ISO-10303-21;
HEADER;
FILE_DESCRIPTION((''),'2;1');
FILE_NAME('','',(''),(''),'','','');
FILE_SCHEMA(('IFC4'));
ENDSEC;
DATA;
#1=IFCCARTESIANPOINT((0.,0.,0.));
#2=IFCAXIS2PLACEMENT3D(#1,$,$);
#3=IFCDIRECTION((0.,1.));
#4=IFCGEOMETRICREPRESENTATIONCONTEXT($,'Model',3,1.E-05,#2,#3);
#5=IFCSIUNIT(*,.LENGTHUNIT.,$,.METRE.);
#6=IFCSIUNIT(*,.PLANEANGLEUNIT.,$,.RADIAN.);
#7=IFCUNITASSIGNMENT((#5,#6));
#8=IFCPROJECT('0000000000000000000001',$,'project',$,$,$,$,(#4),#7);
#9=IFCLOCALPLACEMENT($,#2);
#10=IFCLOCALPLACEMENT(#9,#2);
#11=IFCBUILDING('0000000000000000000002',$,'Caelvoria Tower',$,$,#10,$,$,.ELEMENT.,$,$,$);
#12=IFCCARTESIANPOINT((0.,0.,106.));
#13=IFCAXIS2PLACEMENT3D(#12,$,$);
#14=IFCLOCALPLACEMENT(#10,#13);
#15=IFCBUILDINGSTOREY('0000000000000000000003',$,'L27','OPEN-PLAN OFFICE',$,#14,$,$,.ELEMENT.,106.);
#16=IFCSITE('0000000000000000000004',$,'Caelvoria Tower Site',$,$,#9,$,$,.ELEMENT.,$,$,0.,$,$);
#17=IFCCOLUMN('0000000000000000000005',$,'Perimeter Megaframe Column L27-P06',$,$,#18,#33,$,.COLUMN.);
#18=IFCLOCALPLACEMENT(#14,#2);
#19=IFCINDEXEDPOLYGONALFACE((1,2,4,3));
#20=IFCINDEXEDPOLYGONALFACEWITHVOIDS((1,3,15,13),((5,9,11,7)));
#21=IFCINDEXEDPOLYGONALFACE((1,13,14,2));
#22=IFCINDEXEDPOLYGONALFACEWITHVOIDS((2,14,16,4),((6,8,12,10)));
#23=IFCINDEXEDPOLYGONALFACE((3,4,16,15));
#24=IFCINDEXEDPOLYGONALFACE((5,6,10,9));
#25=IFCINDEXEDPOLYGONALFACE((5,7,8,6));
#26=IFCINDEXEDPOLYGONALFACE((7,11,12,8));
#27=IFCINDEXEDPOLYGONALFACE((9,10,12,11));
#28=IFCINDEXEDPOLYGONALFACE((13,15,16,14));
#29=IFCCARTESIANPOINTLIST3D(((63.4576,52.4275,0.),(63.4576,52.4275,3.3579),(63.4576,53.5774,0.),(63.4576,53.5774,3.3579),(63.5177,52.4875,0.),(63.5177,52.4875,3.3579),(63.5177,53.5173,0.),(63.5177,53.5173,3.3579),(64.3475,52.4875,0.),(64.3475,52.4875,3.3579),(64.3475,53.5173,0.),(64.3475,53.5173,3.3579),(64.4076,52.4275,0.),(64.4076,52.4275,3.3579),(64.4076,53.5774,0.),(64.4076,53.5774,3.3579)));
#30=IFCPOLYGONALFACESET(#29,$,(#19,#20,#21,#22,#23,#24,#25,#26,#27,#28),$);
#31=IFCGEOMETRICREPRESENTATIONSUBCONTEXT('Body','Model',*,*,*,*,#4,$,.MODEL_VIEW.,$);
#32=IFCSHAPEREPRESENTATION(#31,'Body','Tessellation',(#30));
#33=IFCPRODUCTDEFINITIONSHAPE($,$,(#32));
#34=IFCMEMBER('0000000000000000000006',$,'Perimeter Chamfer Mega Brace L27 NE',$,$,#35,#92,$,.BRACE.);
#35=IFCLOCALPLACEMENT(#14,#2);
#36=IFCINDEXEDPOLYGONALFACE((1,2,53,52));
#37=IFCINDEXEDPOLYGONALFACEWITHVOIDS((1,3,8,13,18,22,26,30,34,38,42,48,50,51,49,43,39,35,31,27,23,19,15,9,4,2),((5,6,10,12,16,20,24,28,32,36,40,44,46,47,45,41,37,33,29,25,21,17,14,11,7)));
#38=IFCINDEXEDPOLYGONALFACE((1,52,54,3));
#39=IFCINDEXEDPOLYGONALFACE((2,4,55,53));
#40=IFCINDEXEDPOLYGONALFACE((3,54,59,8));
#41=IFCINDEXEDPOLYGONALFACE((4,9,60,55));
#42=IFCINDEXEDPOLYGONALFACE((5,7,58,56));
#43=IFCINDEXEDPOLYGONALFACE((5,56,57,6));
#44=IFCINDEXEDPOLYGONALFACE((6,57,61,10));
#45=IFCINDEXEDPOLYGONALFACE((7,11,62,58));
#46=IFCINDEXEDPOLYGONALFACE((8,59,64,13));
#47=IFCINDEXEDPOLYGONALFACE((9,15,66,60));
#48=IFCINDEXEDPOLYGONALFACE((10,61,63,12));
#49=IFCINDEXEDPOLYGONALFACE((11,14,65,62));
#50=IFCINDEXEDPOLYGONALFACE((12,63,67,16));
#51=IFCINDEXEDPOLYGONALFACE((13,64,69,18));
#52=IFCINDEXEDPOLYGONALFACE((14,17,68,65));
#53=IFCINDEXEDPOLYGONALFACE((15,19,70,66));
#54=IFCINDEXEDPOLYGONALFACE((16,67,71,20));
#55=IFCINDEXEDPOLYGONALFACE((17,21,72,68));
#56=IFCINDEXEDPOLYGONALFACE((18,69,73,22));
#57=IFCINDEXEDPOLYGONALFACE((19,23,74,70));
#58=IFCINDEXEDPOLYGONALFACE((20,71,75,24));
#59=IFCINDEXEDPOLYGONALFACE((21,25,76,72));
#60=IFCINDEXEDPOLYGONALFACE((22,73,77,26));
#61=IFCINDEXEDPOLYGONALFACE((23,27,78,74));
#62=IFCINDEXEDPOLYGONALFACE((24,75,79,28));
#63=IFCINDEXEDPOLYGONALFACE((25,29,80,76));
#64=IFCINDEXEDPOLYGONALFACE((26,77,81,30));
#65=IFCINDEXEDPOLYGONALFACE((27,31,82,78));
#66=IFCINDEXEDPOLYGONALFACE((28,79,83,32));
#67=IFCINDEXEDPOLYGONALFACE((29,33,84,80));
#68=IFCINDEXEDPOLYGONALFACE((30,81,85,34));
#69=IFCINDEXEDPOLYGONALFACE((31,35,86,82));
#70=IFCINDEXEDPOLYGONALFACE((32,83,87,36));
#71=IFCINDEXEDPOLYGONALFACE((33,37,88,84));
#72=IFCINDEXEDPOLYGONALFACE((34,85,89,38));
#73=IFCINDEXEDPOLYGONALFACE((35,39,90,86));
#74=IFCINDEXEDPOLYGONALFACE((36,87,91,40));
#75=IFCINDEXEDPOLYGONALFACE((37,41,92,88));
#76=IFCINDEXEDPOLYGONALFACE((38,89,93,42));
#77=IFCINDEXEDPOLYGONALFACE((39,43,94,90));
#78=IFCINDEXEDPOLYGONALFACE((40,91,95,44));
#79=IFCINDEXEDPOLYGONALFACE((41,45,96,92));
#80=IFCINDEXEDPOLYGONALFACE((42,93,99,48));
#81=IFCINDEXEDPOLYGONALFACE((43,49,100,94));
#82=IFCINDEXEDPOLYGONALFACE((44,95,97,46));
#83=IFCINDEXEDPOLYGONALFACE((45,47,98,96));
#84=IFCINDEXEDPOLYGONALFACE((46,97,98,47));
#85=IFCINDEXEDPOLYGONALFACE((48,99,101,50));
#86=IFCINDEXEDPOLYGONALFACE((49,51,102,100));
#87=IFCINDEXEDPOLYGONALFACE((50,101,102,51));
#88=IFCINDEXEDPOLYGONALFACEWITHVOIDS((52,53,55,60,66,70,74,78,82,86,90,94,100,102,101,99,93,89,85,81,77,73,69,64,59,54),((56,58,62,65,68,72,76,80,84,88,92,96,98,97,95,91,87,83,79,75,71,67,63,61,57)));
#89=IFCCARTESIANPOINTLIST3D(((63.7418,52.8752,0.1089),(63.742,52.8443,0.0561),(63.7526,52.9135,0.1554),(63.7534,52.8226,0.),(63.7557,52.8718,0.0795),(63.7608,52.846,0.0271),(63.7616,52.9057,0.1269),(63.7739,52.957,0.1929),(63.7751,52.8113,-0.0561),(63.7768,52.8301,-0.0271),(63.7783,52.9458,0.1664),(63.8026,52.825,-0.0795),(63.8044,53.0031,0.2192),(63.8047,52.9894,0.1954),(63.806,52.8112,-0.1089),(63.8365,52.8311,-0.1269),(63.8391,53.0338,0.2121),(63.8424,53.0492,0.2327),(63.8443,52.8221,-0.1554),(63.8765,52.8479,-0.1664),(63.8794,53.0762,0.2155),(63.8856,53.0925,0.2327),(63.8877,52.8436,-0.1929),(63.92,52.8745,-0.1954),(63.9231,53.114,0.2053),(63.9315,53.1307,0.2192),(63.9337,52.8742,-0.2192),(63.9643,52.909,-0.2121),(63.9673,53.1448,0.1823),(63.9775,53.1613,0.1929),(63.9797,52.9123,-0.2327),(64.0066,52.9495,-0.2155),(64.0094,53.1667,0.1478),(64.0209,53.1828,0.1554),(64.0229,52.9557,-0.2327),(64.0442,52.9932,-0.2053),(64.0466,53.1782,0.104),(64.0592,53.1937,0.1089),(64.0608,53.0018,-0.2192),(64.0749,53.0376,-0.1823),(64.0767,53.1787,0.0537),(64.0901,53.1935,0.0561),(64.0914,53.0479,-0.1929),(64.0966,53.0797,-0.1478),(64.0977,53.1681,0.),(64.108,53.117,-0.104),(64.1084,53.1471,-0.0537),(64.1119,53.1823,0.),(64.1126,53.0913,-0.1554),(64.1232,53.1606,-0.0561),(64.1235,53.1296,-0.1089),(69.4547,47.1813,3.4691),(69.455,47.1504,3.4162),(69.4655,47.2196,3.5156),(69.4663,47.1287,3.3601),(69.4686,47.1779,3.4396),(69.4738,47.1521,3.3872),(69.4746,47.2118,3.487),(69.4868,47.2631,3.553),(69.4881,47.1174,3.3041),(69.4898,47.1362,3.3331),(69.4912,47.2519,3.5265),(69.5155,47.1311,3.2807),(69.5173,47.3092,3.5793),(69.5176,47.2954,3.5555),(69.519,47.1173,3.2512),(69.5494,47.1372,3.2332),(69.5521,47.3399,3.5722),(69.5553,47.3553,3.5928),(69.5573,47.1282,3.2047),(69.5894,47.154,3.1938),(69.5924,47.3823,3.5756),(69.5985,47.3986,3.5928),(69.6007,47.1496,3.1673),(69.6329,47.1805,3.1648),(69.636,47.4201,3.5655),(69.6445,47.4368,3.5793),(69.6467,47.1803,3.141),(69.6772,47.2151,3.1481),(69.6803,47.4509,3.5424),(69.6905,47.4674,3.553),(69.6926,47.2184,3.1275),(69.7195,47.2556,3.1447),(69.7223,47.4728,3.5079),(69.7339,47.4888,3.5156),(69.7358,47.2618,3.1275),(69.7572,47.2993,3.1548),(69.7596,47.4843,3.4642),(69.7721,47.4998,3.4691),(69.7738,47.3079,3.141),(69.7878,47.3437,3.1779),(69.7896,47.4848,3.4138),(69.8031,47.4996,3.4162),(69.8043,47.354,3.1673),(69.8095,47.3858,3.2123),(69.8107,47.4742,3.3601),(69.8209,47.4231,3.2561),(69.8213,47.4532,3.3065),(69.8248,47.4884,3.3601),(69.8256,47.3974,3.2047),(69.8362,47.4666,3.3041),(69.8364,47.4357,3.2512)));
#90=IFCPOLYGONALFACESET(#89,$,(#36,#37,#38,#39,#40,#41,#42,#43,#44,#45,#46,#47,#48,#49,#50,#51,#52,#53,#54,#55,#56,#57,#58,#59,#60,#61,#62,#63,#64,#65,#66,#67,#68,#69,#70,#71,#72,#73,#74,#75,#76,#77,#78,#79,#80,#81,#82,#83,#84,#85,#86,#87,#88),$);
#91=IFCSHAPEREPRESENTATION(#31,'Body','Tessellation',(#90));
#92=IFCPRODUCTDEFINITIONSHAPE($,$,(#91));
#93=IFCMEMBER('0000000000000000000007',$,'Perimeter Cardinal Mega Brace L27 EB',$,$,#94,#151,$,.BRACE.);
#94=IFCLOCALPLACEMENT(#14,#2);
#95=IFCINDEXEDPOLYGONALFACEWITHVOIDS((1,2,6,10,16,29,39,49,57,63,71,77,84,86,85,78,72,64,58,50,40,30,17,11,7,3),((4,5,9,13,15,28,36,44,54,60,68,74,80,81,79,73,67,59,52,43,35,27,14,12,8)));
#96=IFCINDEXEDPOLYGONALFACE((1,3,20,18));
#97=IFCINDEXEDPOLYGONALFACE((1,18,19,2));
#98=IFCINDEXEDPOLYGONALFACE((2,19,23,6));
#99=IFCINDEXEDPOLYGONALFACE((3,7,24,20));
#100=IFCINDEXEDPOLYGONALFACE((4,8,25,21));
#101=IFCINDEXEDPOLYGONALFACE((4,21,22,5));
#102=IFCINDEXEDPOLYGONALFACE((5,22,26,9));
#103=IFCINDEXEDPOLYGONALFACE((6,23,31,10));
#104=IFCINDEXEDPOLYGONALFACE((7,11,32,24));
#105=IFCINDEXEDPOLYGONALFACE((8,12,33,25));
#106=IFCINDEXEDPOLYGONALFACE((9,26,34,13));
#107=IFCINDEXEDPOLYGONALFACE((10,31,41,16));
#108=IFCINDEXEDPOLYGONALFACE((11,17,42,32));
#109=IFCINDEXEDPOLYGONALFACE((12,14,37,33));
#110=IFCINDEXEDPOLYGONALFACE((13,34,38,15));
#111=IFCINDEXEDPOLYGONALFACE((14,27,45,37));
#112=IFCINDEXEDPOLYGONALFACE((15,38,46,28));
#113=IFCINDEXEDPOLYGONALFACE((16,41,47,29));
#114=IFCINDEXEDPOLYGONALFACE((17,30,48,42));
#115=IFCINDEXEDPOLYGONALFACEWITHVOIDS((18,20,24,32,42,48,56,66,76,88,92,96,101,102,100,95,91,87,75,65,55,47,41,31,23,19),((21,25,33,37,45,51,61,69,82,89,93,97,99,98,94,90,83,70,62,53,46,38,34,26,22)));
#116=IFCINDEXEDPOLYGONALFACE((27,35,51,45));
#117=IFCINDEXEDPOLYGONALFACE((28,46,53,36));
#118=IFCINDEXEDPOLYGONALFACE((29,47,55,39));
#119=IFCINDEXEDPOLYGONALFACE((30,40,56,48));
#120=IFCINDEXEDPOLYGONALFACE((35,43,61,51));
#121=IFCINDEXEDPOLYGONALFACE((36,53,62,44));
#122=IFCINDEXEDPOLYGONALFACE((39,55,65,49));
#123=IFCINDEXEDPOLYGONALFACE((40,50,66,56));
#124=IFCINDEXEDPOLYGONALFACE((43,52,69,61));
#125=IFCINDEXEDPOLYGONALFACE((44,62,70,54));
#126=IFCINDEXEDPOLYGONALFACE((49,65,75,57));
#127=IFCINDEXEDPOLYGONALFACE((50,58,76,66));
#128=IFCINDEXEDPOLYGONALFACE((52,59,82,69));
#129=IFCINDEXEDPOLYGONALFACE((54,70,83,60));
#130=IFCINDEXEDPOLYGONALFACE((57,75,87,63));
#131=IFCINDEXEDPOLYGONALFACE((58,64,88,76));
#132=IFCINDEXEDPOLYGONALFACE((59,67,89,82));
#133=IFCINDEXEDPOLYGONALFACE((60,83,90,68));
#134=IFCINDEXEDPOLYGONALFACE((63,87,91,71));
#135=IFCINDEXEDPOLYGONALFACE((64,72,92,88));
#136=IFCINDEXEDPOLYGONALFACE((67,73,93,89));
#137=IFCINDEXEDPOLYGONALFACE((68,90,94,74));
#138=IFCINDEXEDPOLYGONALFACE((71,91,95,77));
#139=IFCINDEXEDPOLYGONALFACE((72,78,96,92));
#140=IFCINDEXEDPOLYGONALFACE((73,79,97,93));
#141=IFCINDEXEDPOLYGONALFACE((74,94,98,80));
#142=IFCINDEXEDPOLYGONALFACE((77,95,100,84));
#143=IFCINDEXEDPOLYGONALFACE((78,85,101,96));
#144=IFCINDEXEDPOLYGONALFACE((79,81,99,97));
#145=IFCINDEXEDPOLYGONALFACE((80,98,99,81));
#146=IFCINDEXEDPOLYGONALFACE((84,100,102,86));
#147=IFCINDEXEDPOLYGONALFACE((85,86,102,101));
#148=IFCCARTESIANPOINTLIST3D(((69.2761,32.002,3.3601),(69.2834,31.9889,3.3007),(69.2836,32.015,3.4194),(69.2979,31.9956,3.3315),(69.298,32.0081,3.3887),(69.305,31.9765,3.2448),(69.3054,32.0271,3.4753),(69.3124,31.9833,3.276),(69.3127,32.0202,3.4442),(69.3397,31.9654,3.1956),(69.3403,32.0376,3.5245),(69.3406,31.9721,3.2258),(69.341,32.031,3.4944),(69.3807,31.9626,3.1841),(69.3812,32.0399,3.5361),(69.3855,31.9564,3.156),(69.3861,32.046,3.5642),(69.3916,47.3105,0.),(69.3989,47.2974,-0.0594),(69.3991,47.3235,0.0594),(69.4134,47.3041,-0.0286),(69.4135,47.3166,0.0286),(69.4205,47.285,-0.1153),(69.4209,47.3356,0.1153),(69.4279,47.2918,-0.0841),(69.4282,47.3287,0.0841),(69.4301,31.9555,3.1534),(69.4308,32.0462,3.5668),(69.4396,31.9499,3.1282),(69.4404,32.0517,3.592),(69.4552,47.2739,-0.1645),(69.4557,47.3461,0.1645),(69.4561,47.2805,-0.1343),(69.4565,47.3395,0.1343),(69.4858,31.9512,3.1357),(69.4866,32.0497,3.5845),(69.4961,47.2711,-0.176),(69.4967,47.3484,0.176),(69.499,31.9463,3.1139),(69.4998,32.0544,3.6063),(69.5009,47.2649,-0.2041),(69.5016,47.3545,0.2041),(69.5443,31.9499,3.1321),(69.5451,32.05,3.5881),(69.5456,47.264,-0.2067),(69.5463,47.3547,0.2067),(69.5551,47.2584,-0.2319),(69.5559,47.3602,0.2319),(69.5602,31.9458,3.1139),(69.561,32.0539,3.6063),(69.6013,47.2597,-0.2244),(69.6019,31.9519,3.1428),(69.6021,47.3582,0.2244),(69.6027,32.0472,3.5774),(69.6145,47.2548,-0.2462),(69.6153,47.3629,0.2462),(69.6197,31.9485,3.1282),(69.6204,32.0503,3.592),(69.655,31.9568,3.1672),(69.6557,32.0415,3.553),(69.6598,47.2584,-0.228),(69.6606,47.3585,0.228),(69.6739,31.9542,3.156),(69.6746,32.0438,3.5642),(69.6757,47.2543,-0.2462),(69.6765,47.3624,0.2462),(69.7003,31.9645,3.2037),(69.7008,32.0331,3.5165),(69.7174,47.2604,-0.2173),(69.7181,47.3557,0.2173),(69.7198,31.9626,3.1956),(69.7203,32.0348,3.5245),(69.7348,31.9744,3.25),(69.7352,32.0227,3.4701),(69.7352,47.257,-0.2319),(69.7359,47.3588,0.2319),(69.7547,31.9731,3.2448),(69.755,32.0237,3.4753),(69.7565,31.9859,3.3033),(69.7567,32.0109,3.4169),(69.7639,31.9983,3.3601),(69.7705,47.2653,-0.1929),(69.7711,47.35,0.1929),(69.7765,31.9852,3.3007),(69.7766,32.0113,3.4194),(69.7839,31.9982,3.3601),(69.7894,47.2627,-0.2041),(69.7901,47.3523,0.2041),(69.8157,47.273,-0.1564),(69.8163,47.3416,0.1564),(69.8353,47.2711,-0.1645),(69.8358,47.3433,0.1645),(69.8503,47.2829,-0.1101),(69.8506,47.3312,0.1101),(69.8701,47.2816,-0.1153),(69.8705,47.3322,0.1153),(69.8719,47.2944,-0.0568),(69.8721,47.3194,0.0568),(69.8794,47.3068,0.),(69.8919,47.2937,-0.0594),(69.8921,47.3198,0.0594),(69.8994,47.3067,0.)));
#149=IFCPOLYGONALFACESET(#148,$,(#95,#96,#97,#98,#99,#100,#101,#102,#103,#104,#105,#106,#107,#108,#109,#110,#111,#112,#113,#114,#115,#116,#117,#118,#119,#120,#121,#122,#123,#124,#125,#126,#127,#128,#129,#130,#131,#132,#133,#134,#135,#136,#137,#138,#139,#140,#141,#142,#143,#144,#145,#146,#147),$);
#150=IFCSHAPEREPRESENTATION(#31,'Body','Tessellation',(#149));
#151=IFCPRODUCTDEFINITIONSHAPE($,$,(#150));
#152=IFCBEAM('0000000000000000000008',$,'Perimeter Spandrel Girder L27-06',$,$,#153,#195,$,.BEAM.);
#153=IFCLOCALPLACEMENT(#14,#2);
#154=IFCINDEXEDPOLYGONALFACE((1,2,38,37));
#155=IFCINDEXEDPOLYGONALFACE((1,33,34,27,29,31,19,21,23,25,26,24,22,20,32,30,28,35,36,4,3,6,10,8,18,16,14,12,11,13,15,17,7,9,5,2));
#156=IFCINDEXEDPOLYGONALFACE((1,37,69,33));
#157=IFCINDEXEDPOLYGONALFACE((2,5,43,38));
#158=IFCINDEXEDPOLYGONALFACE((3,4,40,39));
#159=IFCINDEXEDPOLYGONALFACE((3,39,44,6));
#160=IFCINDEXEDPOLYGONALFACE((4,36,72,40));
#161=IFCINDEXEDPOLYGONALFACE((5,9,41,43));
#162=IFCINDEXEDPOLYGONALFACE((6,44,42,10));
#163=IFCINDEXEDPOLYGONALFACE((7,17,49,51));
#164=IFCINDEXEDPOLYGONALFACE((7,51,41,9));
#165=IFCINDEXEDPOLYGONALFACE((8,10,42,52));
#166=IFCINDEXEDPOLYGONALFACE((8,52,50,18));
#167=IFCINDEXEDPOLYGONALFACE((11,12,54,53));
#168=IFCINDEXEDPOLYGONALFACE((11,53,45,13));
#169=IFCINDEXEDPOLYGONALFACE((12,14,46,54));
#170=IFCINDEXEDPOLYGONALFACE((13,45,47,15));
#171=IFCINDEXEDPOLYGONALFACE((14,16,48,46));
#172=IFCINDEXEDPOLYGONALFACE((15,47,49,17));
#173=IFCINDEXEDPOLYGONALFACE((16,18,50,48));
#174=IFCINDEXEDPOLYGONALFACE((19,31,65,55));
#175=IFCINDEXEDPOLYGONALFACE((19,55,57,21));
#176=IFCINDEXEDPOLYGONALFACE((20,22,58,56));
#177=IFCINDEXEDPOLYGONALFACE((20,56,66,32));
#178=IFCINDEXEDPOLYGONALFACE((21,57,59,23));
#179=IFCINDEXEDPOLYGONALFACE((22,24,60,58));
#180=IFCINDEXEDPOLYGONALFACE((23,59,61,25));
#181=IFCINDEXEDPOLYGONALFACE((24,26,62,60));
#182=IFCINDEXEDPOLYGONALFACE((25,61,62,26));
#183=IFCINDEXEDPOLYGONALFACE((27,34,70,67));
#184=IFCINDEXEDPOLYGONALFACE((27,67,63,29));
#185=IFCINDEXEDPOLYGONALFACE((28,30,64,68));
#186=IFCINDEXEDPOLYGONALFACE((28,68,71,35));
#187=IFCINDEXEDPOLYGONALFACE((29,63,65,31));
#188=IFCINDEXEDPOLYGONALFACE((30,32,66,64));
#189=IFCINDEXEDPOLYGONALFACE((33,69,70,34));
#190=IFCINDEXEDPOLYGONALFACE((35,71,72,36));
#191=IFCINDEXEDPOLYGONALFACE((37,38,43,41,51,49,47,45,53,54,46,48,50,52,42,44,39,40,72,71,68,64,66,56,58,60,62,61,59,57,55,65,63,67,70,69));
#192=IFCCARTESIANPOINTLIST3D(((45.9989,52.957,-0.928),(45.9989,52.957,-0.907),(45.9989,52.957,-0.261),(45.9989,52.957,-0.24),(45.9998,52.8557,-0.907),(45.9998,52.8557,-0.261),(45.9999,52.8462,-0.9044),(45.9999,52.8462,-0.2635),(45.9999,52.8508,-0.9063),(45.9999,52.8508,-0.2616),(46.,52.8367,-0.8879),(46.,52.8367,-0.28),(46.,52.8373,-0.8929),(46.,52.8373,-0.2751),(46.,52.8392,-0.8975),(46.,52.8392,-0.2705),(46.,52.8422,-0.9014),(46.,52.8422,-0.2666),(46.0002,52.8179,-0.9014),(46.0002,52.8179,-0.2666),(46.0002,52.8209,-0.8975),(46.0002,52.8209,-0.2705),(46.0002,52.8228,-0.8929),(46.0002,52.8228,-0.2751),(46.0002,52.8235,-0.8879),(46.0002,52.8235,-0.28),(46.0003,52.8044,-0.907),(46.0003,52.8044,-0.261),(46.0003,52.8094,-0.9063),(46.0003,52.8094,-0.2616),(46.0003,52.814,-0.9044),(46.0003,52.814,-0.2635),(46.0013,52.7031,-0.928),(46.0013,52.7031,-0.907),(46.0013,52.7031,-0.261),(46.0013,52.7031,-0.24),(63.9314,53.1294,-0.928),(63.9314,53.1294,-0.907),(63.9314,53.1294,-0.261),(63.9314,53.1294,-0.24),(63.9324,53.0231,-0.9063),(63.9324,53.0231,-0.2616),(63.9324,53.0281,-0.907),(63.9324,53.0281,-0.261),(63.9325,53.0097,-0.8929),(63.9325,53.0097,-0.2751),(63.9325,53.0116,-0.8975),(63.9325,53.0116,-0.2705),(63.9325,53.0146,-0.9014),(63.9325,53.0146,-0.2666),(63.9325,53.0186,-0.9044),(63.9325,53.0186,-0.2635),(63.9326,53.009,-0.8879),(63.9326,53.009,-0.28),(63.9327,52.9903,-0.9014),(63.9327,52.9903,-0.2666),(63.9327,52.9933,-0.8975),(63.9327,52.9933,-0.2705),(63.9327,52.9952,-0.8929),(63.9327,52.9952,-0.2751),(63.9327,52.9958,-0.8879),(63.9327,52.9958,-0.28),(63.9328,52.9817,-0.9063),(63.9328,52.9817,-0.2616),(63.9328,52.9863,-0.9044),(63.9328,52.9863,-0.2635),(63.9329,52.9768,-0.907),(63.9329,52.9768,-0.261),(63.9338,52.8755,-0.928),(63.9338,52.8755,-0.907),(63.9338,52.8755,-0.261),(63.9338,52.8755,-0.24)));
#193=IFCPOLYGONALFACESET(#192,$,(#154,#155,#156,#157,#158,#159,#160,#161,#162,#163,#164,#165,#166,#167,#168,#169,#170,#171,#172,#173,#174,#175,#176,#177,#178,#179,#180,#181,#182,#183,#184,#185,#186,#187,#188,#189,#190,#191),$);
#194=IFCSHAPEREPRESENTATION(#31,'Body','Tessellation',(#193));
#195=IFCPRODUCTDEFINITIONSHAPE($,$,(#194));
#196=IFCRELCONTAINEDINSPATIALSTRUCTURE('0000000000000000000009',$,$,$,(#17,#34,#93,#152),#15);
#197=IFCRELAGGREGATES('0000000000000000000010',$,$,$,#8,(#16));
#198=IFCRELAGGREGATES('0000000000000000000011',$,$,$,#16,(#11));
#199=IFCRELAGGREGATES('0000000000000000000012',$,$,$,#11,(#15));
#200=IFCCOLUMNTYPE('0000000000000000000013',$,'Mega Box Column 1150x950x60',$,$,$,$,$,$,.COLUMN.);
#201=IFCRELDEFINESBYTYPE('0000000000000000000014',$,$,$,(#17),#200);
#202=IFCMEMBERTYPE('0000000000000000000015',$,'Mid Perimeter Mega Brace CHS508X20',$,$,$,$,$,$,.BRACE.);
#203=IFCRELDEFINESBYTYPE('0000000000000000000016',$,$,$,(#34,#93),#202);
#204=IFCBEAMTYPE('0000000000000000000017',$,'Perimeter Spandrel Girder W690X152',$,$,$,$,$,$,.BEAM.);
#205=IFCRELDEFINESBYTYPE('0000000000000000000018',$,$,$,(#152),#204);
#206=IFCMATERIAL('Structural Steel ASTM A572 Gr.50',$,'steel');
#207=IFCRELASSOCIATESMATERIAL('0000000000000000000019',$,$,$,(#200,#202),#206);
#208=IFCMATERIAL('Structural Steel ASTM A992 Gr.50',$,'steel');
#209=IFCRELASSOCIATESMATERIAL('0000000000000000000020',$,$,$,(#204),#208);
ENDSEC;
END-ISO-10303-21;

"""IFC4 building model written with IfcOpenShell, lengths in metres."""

from ifc_helpers import new_model, si_unit, direction, frame, origin, origin_2d, place, context, subcontext, project, spatial, hollow_rectangle, hollow_circle, i_section, extrude, material, material_profile, profile_set, type_object, element, save


model = new_model("IFC4")

# Units and contexts
model_context = context("Model", 3, precision=1e-05, world=origin(), true_north=direction((0.0, 1.0)))
body_context = subcontext(model_context, "Body", "Model", "MODEL_VIEW")
ifc_project = project(units=[si_unit("LENGTHUNIT", "METRE"), si_unit("PLANEANGLEUNIT", "RADIAN")], contexts=[model_context])

# Site, building, storey
site_placement = place(None, origin())
site = spatial("IfcSite", under=ifc_project, at=site_placement, Name="Caelvoria Tower Site", CompositionType="ELEMENT", RefElevation=0.0)
building_placement = place(site_placement, origin())
building = spatial("IfcBuilding", under=site, at=building_placement, Name="Caelvoria Tower", CompositionType="ELEMENT")
storey_placement = place(building_placement, frame((0.0, 0.0, 106.0)))
storey = spatial("IfcBuildingStorey", under=building, at=storey_placement, Name="L27", Description="OPEN-PLAN OFFICE", CompositionType="ELEMENT", Elevation=106.0)

# Column
ifc_material_1 = material(Name="Structural Steel ASTM A572 Gr.50", Category="steel")
ifc_material_profile_1 = material_profile(ifc_material_1, hollow_rectangle(XDim=0.95, YDim=1.1499, WallThickness=0.0601, at=origin_2d()), Name="Structural Steel ASTM A572 Gr.50")
ifc_profile_set_1 = profile_set([ifc_material_profile_1], Name="BOX1150X950X60 - Structural Steel ASTM A572 Gr.50")
column_type = type_object("IfcColumnType", Name="Mega Box Column 1150x950x60", PredefinedType="COLUMN", material=ifc_profile_set_1)
column_placement = place(storey_placement, frame((63.9326, 53.0024, 0.0), z_axis=(0.0, 0.0, 1.0), x_axis=(1.0, 0.0, 0.0)))
element("IfcColumn", 1, at=column_placement, inside=storey, type_object=column_type, Name="Perimeter Megaframe Column L27-P06", PredefinedType="COLUMN", context=body_context, shape_type="SweptSolid", body=[
    extrude(hollow_rectangle(XDim=0.95, YDim=1.1499, WallThickness=0.0601, at=origin_2d()), origin(), (0.0, 0.0, 1.0), 3.3579),
])

# Members
ifc_material_profile_2 = material_profile(ifc_material_1, hollow_circle(Radius=0.2539, WallThickness=0.02, at=origin_2d()), Name="Structural Steel ASTM A572 Gr.50")
ifc_profile_set_2 = profile_set([ifc_material_profile_2], Name="CHS508X20 - Structural Steel ASTM A572 Gr.50")
member_type = type_object("IfcMemberType", Name="Mid Perimeter Mega Brace CHS508X20", PredefinedType="BRACE", material=ifc_profile_set_2)
member_1_placement = place(storey_placement, frame((63.9326, 53.0024, 0.0), z_axis=(0.653821, -0.651642, 0.384553), x_axis=(0.705925, 0.708286, 0.0)))
element("IfcMember", 2, at=member_1_placement, inside=storey, type_object=member_type, Name="Perimeter Chamfer Mega Brace L27 NE", PredefinedType="BRACE", context=body_context, shape_type="SweptSolid", body=[
    extrude(hollow_circle(Radius=0.2539, WallThickness=0.02, at=origin_2d()), origin(), (0.0, 0.0, 1.0), 8.7378),
])
member_2_placement = place(storey_placement, frame((69.6455, 47.3086, 0.0), z_axis=(-0.007368, -0.976722, 0.214382), x_axis=(0.999972, -0.007543, 0.0)))
element("IfcMember", 3, at=member_2_placement, inside=storey, type_object=member_type, Name="Perimeter Cardinal Mega Brace L27 EB", PredefinedType="BRACE", context=body_context, shape_type="SweptSolid", body=[
    extrude(hollow_circle(Radius=0.2539, WallThickness=0.02, at=origin_2d()), origin(), (0.0, 0.0, 1.0), 15.6733),
])

# Beam
ifc_material_2 = material(Name="Structural Steel ASTM A992 Gr.50", Category="steel")
ifc_material_profile_3 = material_profile(ifc_material_2, i_section(OverallWidth=0.2539, OverallDepth=0.688, WebThickness=0.0132, FlangeThickness=0.021, FilletRadius=0.019, at=origin_2d()), Name="Structural Steel ASTM A992 Gr.50")
ifc_profile_set_3 = profile_set([ifc_material_profile_3], Name="W690X152 - Structural Steel ASTM A992 Gr.50")
beam_type = type_object("IfcBeamType", Name="Perimeter Spandrel Girder W690X152", PredefinedType="BEAM", material=ifc_profile_set_3)
beam_placement = place(storey_placement, frame((63.9326, 53.0024, -0.584), z_axis=(-0.999954, -0.009611, 0.0), x_axis=(0.009611, -0.999954, 0.0)))
element("IfcBeam", 4, at=beam_placement, inside=storey, type_object=beam_type, Name="Perimeter Spandrel Girder L27-06", PredefinedType="BEAM", context=body_context, shape_type="SweptSolid", body=[
    extrude(i_section(OverallWidth=0.2539, OverallDepth=0.688, WebThickness=0.0132, FlangeThickness=0.021, FilletRadius=0.019, at=origin_2d()), origin(), (0.0, 0.0, 1.0), 17.9333),
])

save(model, "model.ifc")
